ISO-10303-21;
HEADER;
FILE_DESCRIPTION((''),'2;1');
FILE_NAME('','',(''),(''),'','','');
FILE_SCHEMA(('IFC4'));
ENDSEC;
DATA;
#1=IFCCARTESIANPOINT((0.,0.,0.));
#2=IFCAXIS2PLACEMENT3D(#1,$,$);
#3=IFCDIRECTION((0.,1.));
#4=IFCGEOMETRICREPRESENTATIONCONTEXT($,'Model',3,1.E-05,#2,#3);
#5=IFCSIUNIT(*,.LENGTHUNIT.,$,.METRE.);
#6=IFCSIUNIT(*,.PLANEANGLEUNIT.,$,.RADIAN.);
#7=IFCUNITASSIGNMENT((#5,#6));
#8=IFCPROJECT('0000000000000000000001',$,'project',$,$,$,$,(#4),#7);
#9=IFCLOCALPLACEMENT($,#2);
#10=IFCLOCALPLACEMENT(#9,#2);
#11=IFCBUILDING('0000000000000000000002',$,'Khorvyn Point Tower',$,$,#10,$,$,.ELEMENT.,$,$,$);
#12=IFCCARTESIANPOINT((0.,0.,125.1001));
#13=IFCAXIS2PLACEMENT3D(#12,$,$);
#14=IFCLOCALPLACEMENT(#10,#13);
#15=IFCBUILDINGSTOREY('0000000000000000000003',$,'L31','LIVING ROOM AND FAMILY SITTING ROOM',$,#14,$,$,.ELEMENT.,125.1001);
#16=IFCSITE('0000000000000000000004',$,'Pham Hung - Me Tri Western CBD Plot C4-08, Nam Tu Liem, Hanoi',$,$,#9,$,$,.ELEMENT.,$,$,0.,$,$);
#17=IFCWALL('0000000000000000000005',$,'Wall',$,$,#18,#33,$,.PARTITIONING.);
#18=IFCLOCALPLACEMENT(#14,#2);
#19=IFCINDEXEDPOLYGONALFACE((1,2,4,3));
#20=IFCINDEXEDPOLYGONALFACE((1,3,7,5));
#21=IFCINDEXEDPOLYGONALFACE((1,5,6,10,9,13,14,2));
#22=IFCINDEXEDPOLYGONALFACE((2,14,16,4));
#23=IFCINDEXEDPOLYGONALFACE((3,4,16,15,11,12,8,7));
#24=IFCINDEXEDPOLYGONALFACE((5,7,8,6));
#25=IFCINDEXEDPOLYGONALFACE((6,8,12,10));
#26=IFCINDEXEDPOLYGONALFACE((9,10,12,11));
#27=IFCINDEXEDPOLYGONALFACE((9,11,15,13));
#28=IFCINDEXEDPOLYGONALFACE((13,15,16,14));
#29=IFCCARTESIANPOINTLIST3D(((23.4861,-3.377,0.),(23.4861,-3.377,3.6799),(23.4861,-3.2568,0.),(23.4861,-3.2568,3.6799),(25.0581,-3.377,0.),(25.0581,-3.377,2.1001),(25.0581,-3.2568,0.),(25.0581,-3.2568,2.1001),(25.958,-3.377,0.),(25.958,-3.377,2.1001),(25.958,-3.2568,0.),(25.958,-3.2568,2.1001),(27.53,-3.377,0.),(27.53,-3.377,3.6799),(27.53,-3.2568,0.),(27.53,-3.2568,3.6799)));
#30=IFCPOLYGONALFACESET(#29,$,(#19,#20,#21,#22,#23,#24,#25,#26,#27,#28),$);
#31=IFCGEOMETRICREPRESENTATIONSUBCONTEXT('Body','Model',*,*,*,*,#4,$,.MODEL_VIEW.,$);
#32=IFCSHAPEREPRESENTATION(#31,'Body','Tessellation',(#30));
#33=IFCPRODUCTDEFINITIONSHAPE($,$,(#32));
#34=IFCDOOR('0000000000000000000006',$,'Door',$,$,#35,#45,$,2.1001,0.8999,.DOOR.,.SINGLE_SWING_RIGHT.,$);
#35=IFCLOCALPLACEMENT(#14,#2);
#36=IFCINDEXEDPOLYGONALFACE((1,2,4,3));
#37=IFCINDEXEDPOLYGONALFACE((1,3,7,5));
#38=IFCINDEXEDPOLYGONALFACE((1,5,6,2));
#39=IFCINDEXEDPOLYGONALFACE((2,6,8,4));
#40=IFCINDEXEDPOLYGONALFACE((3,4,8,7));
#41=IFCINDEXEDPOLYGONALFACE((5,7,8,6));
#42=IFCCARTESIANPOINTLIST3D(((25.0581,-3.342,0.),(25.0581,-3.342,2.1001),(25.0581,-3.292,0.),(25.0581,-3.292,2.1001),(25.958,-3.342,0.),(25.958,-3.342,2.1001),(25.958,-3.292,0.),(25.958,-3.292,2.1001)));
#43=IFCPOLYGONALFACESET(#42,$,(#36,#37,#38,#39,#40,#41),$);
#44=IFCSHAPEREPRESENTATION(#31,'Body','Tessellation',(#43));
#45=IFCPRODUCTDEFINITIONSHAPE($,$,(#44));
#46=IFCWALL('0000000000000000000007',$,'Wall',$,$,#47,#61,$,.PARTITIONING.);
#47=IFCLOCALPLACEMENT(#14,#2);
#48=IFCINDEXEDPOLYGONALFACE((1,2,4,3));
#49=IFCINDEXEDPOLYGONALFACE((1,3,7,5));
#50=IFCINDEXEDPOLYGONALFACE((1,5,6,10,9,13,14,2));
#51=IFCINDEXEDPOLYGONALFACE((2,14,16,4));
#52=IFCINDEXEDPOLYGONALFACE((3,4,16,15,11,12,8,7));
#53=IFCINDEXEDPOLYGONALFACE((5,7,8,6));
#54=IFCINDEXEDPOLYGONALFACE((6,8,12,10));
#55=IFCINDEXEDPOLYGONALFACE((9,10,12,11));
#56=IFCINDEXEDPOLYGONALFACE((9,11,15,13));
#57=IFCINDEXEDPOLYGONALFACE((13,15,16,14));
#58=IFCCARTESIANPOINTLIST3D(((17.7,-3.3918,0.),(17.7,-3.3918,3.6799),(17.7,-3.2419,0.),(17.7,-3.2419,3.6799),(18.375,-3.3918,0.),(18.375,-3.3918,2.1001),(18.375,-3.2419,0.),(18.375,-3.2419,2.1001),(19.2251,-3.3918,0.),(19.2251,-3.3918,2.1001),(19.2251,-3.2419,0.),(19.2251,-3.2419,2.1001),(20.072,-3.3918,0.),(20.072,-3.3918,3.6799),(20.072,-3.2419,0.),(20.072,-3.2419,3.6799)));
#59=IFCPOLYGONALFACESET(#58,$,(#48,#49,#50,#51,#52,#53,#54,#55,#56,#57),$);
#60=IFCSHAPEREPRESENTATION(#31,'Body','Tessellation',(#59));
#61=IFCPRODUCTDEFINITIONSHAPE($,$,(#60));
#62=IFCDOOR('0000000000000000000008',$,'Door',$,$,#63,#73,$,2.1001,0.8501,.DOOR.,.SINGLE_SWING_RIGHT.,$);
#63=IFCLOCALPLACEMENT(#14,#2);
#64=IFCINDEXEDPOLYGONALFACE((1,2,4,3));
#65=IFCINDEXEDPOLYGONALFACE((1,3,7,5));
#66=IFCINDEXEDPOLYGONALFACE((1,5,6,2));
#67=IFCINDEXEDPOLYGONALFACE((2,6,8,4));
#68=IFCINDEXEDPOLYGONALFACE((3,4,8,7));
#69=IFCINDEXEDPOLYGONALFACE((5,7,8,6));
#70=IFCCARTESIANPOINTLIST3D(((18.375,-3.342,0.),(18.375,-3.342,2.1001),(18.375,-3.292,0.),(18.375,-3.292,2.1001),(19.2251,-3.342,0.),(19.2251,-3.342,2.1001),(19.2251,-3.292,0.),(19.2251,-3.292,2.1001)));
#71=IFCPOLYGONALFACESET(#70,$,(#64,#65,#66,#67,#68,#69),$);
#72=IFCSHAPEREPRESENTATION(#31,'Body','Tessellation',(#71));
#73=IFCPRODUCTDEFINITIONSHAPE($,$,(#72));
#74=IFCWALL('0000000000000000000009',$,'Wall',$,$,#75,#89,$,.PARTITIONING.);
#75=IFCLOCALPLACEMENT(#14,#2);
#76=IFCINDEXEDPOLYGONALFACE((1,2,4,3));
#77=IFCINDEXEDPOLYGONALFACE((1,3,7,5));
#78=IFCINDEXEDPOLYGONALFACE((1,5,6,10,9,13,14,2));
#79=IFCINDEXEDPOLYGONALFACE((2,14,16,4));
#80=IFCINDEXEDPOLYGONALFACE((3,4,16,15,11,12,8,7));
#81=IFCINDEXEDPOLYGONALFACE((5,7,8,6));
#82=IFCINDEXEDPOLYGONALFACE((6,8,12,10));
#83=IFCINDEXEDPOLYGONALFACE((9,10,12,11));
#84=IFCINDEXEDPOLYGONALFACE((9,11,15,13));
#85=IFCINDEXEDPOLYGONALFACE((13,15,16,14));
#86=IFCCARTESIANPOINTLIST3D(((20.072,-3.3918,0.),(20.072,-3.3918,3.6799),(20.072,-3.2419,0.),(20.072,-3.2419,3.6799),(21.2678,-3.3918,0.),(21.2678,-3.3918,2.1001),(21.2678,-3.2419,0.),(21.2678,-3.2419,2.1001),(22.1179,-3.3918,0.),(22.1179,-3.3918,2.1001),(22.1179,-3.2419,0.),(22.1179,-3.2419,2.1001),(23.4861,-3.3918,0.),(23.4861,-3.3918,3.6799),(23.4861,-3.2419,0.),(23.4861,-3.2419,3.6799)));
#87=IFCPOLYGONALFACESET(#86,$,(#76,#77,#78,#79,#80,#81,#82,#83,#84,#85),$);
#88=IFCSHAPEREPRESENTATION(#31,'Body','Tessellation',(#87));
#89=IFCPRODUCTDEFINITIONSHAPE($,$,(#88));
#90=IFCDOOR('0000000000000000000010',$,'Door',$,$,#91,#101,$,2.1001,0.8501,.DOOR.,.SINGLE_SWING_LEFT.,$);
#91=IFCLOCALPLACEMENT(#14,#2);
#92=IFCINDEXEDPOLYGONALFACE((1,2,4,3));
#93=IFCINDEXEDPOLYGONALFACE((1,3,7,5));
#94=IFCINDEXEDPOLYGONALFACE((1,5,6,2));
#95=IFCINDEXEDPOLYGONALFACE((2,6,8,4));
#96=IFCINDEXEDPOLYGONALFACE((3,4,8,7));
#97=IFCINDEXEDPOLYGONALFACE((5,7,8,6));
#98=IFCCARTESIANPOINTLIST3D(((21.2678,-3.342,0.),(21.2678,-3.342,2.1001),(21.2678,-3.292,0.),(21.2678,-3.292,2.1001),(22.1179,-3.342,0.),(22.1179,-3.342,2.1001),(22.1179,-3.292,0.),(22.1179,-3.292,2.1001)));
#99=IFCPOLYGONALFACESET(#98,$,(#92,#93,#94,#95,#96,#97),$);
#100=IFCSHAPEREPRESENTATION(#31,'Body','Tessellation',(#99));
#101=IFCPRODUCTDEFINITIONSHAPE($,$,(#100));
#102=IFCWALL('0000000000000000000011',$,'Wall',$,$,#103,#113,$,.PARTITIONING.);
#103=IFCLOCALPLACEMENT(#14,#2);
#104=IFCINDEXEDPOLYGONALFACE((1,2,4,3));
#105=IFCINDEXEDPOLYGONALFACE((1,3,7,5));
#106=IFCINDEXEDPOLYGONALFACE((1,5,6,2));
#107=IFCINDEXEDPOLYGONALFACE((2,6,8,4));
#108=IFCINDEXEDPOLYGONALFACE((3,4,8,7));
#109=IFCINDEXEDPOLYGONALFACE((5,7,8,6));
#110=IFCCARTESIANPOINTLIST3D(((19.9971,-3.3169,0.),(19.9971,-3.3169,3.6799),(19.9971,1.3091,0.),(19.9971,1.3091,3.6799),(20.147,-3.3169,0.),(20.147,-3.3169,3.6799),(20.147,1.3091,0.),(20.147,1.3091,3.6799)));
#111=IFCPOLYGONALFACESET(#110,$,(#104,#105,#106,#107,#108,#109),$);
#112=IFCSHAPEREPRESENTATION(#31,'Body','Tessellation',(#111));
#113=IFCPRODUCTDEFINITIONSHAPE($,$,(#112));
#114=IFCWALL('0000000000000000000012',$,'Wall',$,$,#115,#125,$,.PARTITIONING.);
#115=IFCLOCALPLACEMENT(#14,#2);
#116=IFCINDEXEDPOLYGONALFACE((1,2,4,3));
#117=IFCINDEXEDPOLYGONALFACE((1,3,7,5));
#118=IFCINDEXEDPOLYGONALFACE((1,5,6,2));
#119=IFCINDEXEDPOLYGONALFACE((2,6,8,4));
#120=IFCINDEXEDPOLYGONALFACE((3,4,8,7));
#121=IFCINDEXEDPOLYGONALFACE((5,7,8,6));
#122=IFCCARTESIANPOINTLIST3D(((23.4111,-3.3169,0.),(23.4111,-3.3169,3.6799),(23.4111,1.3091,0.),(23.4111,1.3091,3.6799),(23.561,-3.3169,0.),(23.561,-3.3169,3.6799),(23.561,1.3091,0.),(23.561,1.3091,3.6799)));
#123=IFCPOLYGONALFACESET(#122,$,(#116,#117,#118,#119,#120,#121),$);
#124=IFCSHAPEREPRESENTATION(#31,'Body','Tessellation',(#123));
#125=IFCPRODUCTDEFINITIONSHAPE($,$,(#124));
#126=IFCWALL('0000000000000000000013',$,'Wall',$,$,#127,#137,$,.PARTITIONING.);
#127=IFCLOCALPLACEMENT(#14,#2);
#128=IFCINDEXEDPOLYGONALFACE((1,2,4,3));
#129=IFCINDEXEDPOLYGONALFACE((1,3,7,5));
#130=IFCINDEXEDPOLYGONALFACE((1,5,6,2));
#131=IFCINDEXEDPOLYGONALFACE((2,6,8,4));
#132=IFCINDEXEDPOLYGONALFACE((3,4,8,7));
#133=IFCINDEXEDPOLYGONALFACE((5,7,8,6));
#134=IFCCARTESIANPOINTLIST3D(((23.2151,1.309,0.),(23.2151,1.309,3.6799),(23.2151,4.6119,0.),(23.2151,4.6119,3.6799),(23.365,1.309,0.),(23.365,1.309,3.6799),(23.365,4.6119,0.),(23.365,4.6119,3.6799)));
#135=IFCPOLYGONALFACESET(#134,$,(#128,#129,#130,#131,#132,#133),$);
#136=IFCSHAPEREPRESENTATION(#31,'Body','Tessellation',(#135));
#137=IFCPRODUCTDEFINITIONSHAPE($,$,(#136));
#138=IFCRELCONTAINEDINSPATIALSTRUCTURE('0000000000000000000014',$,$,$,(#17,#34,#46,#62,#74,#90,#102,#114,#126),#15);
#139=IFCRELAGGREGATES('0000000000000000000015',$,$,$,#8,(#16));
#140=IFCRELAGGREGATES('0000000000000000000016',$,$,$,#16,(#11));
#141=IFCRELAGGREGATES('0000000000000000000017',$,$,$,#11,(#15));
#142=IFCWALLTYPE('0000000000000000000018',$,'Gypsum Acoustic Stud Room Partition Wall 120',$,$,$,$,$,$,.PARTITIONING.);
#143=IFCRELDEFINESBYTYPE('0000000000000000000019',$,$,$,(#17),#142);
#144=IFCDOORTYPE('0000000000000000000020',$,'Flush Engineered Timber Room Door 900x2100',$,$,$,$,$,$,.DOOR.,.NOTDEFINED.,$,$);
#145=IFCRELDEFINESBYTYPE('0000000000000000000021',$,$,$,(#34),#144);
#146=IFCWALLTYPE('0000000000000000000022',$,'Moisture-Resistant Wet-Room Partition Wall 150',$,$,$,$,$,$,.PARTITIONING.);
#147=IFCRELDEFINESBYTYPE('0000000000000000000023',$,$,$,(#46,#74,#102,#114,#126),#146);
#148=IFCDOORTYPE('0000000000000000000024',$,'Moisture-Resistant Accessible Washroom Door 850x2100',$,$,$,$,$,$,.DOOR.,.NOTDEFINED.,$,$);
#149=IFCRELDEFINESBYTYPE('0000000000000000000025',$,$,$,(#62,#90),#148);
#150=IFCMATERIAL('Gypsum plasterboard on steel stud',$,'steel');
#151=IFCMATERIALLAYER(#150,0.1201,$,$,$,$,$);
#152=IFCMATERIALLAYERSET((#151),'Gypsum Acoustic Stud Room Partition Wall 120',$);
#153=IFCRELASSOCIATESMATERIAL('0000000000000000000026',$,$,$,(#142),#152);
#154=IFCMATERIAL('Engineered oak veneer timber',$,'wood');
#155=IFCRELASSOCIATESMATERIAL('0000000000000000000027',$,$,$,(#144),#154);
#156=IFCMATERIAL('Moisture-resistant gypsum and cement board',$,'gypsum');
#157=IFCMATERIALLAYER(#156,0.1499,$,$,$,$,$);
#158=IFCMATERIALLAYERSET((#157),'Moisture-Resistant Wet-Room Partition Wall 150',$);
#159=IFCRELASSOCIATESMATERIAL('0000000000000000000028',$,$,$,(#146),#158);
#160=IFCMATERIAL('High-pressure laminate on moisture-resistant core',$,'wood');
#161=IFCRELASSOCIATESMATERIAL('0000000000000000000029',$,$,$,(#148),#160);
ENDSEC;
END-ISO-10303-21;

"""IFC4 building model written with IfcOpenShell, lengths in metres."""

from ifc_helpers import new_model, si_unit, direction, frame, frame_2d, origin, place, context, subcontext, project, spatial, rectangle, extrude, material, layer, layer_set, type_object, element, fill, save


model = new_model("IFC4")

# Units and contexts
model_context = context("Model", 3, precision=1e-05, world=origin(), true_north=direction((0.0, 1.0)))
body_context = subcontext(model_context, "Body", "Model", "MODEL_VIEW")
ifc_project = project(units=[si_unit("LENGTHUNIT", "METRE"), si_unit("PLANEANGLEUNIT", "RADIAN")], contexts=[model_context])

# Site, building, storey
site_placement = place(None, origin())
site = spatial("IfcSite", under=ifc_project, at=site_placement, Name="Pham Hung - Me Tri Western CBD Plot C4-08, Nam Tu Liem, Hanoi", CompositionType="ELEMENT", RefElevation=0.0)
building_placement = place(site_placement, origin())
building = spatial("IfcBuilding", under=site, at=building_placement, Name="Khorvyn Point Tower", CompositionType="ELEMENT")
storey_placement = place(building_placement, frame((0.0, 0.0, 125.1001)))
storey = spatial("IfcBuildingStorey", under=building, at=storey_placement, Name="L31", Description="LIVING ROOM AND FAMILY SITTING ROOM", CompositionType="ELEMENT", Elevation=125.1001)

# Walls, openings, doors
ifc_material_1 = material(Name="Gypsum plasterboard on steel stud", Category="steel")
ifc_layer_1 = layer(ifc_material_1, 0.1201)
ifc_layer_set_1 = layer_set([ifc_layer_1], Name="Gypsum Acoustic Stud Room Partition Wall 120")
wall_type_1 = type_object("IfcWallType", Name="Gypsum Acoustic Stud Room Partition Wall 120", PredefinedType="PARTITIONING", material=ifc_layer_set_1)
ifc_material_2 = material(Name="Engineered oak veneer timber", Category="wood")
door_type_1 = type_object("IfcDoorType", Name="Flush Engineered Timber Room Door 900x2100", OperationType="NOTDEFINED", PredefinedType="DOOR", material=ifc_material_2)
wall_1_placement = place(storey_placement, frame((23.4861, -3.3169, 0.0), z_axis=(0.0, 0.0, 1.0), x_axis=(1.0, 0.0, 0.0)))
wall_1 = element("IfcWall", 1, at=wall_1_placement, inside=storey, type_object=wall_type_1, Name="Wall", PredefinedType="PARTITIONING", context=body_context, shape_type="SweptSolid", body=[
    extrude(rectangle(XDim=4.0439, YDim=0.1201, at=frame_2d((2.022, 0.0))), origin(), (0.0, 0.0, 1.0), 3.6799),
])
opening_1_placement = place(wall_1_placement, frame((1.572, 0.0, 0.0)))
opening_1 = element("IfcOpeningElement", 2, at=opening_1_placement, cuts=wall_1, PredefinedType="OPENING", context=body_context, shape_type="SweptSolid", body=[
    extrude(rectangle(XDim=0.8999, YDim=2.1001, at=frame_2d((0.45, 1.05))), frame((0.0, 0.0701, 0.0), z_axis=(0.0, -1.0, 0.0), x_axis=(1.0, 0.0, 0.0)), (0.0, 0.0, 1.0), 0.1401),
])
door_1_placement = place(opening_1_placement, origin())
door_1 = element("IfcDoor", 3, at=door_1_placement, inside=storey, type_object=door_type_1, Name="Door", OperationType="SINGLE_SWING_RIGHT", OverallHeight=2.1001, OverallWidth=0.8999, PredefinedType="DOOR", context=body_context, shape_type="SweptSolid", body=[
    extrude(rectangle(XDim=0.8999, YDim=2.1001, at=frame_2d((0.45, 1.05))), frame((0.0, 0.0249, 0.0), z_axis=(0.0, -1.0, 0.0), x_axis=(1.0, 0.0, 0.0)), (0.0, 0.0, 1.0), 0.05),
])
fill(opening_1, door_1)
ifc_material_3 = material(Name="Moisture-resistant gypsum and cement board", Category="gypsum")
ifc_layer_2 = layer(ifc_material_3, 0.1499)
ifc_layer_set_2 = layer_set([ifc_layer_2], Name="Moisture-Resistant Wet-Room Partition Wall 150")
wall_type_2 = type_object("IfcWallType", Name="Moisture-Resistant Wet-Room Partition Wall 150", PredefinedType="PARTITIONING", material=ifc_layer_set_2)
wall_2_placement = place(storey_placement, frame((17.7, -3.3169, 0.0), z_axis=(0.0, 0.0, 1.0), x_axis=(1.0, 0.0, 0.0)))
wall_2 = element("IfcWall", 4, at=wall_2_placement, inside=storey, type_object=wall_type_2, Name="Wall", PredefinedType="PARTITIONING", context=body_context, shape_type="SweptSolid", body=[
    extrude(rectangle(XDim=2.3721, YDim=0.1499, at=frame_2d((1.186, 0.0))), origin(), (0.0, 0.0, 1.0), 3.6799),
])
opening_2_placement = place(wall_2_placement, frame((0.675, 0.0, 0.0)))
opening_2 = element("IfcOpeningElement", 5, at=opening_2_placement, cuts=wall_2, PredefinedType="OPENING", context=body_context, shape_type="SweptSolid", body=[
    extrude(rectangle(XDim=0.8501, YDim=2.1001, at=frame_2d((0.425, 1.05))), frame((0.0, 0.085, 0.0), z_axis=(0.0, -1.0, 0.0), x_axis=(1.0, 0.0, 0.0)), (0.0, 0.0, 1.0), 0.1699),
])
ifc_material_4 = material(Name="High-pressure laminate on moisture-resistant core", Category="wood")
door_type_2 = type_object("IfcDoorType", Name="Moisture-Resistant Accessible Washroom Door 850x2100", OperationType="NOTDEFINED", PredefinedType="DOOR", material=ifc_material_4)
door_2_placement = place(opening_2_placement, origin())
door_2 = element("IfcDoor", 6, at=door_2_placement, inside=storey, type_object=door_type_2, Name="Door", OperationType="SINGLE_SWING_RIGHT", OverallHeight=2.1001, OverallWidth=0.8501, PredefinedType="DOOR", context=body_context, shape_type="SweptSolid", body=[
    extrude(rectangle(XDim=0.8501, YDim=2.1001, at=frame_2d((0.425, 1.05))), frame((0.0, 0.0249, 0.0), z_axis=(0.0, -1.0, 0.0), x_axis=(1.0, 0.0, 0.0)), (0.0, 0.0, 1.0), 0.05),
])
fill(opening_2, door_2)
wall_3_placement = place(storey_placement, frame((20.072, -3.3169, 0.0), z_axis=(0.0, 0.0, 1.0), x_axis=(1.0, 0.0, 0.0)))
wall_3 = element("IfcWall", 7, at=wall_3_placement, inside=storey, type_object=wall_type_2, Name="Wall", PredefinedType="PARTITIONING", context=body_context, shape_type="SweptSolid", body=[
    extrude(rectangle(XDim=3.4141, YDim=0.1499, at=frame_2d((1.707, 0.0))), origin(), (0.0, 0.0, 1.0), 3.6799),
])
opening_3_placement = place(wall_3_placement, frame((1.1958, 0.0, 0.0)))
opening_3 = element("IfcOpeningElement", 8, at=opening_3_placement, cuts=wall_3, PredefinedType="OPENING", context=body_context, shape_type="SweptSolid", body=[
    extrude(rectangle(XDim=0.8501, YDim=2.1001, at=frame_2d((0.425, 1.05))), frame((0.0, 0.085, 0.0), z_axis=(0.0, -1.0, 0.0), x_axis=(1.0, 0.0, 0.0)), (0.0, 0.0, 1.0), 0.1699),
])
door_3_placement = place(opening_3_placement, origin())
door_3 = element("IfcDoor", 9, at=door_3_placement, inside=storey, type_object=door_type_2, Name="Door", OperationType="SINGLE_SWING_LEFT", OverallHeight=2.1001, OverallWidth=0.8501, PredefinedType="DOOR", context=body_context, shape_type="SweptSolid", body=[
    extrude(rectangle(XDim=0.8501, YDim=2.1001, at=frame_2d((0.425, 1.05))), frame((0.0, 0.0249, 0.0), z_axis=(0.0, -1.0, 0.0), x_axis=(1.0, 0.0, 0.0)), (0.0, 0.0, 1.0), 0.05),
])
fill(opening_3, door_3)

# Walls
for number, where, z_axis, x_axis, name in (
    (10, (20.072, -3.3169, 0.0), (0.0, 0.0, 1.0), (0.0, 1.0, 0.0), "Wall"),
    (11, (23.4861, -3.3169, 0.0), (0.0, 0.0, 1.0), (0.0, 1.0, 0.0), "Wall"),
):
    element("IfcWall", number, at=place(storey_placement, frame(where, z_axis=z_axis, x_axis=x_axis)), inside=storey, type_object=wall_type_2, Name=name, PredefinedType="PARTITIONING", context=body_context, shape_type="SweptSolid", body=[
        extrude(rectangle(XDim=4.626, YDim=0.1499, at=frame_2d((2.313, 0.0))), origin(), (0.0, 0.0, 1.0), 3.6799),
    ])
wall_4_placement = place(storey_placement, frame((23.29, 1.3091, 0.0), z_axis=(0.0, 0.0, 1.0), x_axis=(0.0, 1.0, 0.0)))
element("IfcWall", 12, at=wall_4_placement, inside=storey, type_object=wall_type_2, Name="Wall", PredefinedType="PARTITIONING", context=body_context, shape_type="SweptSolid", body=[
    extrude(rectangle(XDim=3.303, YDim=0.1499, at=frame_2d((1.6514, 0.0))), origin(), (0.0, 0.0, 1.0), 3.6799),
])

save(model, "model.ifc")
